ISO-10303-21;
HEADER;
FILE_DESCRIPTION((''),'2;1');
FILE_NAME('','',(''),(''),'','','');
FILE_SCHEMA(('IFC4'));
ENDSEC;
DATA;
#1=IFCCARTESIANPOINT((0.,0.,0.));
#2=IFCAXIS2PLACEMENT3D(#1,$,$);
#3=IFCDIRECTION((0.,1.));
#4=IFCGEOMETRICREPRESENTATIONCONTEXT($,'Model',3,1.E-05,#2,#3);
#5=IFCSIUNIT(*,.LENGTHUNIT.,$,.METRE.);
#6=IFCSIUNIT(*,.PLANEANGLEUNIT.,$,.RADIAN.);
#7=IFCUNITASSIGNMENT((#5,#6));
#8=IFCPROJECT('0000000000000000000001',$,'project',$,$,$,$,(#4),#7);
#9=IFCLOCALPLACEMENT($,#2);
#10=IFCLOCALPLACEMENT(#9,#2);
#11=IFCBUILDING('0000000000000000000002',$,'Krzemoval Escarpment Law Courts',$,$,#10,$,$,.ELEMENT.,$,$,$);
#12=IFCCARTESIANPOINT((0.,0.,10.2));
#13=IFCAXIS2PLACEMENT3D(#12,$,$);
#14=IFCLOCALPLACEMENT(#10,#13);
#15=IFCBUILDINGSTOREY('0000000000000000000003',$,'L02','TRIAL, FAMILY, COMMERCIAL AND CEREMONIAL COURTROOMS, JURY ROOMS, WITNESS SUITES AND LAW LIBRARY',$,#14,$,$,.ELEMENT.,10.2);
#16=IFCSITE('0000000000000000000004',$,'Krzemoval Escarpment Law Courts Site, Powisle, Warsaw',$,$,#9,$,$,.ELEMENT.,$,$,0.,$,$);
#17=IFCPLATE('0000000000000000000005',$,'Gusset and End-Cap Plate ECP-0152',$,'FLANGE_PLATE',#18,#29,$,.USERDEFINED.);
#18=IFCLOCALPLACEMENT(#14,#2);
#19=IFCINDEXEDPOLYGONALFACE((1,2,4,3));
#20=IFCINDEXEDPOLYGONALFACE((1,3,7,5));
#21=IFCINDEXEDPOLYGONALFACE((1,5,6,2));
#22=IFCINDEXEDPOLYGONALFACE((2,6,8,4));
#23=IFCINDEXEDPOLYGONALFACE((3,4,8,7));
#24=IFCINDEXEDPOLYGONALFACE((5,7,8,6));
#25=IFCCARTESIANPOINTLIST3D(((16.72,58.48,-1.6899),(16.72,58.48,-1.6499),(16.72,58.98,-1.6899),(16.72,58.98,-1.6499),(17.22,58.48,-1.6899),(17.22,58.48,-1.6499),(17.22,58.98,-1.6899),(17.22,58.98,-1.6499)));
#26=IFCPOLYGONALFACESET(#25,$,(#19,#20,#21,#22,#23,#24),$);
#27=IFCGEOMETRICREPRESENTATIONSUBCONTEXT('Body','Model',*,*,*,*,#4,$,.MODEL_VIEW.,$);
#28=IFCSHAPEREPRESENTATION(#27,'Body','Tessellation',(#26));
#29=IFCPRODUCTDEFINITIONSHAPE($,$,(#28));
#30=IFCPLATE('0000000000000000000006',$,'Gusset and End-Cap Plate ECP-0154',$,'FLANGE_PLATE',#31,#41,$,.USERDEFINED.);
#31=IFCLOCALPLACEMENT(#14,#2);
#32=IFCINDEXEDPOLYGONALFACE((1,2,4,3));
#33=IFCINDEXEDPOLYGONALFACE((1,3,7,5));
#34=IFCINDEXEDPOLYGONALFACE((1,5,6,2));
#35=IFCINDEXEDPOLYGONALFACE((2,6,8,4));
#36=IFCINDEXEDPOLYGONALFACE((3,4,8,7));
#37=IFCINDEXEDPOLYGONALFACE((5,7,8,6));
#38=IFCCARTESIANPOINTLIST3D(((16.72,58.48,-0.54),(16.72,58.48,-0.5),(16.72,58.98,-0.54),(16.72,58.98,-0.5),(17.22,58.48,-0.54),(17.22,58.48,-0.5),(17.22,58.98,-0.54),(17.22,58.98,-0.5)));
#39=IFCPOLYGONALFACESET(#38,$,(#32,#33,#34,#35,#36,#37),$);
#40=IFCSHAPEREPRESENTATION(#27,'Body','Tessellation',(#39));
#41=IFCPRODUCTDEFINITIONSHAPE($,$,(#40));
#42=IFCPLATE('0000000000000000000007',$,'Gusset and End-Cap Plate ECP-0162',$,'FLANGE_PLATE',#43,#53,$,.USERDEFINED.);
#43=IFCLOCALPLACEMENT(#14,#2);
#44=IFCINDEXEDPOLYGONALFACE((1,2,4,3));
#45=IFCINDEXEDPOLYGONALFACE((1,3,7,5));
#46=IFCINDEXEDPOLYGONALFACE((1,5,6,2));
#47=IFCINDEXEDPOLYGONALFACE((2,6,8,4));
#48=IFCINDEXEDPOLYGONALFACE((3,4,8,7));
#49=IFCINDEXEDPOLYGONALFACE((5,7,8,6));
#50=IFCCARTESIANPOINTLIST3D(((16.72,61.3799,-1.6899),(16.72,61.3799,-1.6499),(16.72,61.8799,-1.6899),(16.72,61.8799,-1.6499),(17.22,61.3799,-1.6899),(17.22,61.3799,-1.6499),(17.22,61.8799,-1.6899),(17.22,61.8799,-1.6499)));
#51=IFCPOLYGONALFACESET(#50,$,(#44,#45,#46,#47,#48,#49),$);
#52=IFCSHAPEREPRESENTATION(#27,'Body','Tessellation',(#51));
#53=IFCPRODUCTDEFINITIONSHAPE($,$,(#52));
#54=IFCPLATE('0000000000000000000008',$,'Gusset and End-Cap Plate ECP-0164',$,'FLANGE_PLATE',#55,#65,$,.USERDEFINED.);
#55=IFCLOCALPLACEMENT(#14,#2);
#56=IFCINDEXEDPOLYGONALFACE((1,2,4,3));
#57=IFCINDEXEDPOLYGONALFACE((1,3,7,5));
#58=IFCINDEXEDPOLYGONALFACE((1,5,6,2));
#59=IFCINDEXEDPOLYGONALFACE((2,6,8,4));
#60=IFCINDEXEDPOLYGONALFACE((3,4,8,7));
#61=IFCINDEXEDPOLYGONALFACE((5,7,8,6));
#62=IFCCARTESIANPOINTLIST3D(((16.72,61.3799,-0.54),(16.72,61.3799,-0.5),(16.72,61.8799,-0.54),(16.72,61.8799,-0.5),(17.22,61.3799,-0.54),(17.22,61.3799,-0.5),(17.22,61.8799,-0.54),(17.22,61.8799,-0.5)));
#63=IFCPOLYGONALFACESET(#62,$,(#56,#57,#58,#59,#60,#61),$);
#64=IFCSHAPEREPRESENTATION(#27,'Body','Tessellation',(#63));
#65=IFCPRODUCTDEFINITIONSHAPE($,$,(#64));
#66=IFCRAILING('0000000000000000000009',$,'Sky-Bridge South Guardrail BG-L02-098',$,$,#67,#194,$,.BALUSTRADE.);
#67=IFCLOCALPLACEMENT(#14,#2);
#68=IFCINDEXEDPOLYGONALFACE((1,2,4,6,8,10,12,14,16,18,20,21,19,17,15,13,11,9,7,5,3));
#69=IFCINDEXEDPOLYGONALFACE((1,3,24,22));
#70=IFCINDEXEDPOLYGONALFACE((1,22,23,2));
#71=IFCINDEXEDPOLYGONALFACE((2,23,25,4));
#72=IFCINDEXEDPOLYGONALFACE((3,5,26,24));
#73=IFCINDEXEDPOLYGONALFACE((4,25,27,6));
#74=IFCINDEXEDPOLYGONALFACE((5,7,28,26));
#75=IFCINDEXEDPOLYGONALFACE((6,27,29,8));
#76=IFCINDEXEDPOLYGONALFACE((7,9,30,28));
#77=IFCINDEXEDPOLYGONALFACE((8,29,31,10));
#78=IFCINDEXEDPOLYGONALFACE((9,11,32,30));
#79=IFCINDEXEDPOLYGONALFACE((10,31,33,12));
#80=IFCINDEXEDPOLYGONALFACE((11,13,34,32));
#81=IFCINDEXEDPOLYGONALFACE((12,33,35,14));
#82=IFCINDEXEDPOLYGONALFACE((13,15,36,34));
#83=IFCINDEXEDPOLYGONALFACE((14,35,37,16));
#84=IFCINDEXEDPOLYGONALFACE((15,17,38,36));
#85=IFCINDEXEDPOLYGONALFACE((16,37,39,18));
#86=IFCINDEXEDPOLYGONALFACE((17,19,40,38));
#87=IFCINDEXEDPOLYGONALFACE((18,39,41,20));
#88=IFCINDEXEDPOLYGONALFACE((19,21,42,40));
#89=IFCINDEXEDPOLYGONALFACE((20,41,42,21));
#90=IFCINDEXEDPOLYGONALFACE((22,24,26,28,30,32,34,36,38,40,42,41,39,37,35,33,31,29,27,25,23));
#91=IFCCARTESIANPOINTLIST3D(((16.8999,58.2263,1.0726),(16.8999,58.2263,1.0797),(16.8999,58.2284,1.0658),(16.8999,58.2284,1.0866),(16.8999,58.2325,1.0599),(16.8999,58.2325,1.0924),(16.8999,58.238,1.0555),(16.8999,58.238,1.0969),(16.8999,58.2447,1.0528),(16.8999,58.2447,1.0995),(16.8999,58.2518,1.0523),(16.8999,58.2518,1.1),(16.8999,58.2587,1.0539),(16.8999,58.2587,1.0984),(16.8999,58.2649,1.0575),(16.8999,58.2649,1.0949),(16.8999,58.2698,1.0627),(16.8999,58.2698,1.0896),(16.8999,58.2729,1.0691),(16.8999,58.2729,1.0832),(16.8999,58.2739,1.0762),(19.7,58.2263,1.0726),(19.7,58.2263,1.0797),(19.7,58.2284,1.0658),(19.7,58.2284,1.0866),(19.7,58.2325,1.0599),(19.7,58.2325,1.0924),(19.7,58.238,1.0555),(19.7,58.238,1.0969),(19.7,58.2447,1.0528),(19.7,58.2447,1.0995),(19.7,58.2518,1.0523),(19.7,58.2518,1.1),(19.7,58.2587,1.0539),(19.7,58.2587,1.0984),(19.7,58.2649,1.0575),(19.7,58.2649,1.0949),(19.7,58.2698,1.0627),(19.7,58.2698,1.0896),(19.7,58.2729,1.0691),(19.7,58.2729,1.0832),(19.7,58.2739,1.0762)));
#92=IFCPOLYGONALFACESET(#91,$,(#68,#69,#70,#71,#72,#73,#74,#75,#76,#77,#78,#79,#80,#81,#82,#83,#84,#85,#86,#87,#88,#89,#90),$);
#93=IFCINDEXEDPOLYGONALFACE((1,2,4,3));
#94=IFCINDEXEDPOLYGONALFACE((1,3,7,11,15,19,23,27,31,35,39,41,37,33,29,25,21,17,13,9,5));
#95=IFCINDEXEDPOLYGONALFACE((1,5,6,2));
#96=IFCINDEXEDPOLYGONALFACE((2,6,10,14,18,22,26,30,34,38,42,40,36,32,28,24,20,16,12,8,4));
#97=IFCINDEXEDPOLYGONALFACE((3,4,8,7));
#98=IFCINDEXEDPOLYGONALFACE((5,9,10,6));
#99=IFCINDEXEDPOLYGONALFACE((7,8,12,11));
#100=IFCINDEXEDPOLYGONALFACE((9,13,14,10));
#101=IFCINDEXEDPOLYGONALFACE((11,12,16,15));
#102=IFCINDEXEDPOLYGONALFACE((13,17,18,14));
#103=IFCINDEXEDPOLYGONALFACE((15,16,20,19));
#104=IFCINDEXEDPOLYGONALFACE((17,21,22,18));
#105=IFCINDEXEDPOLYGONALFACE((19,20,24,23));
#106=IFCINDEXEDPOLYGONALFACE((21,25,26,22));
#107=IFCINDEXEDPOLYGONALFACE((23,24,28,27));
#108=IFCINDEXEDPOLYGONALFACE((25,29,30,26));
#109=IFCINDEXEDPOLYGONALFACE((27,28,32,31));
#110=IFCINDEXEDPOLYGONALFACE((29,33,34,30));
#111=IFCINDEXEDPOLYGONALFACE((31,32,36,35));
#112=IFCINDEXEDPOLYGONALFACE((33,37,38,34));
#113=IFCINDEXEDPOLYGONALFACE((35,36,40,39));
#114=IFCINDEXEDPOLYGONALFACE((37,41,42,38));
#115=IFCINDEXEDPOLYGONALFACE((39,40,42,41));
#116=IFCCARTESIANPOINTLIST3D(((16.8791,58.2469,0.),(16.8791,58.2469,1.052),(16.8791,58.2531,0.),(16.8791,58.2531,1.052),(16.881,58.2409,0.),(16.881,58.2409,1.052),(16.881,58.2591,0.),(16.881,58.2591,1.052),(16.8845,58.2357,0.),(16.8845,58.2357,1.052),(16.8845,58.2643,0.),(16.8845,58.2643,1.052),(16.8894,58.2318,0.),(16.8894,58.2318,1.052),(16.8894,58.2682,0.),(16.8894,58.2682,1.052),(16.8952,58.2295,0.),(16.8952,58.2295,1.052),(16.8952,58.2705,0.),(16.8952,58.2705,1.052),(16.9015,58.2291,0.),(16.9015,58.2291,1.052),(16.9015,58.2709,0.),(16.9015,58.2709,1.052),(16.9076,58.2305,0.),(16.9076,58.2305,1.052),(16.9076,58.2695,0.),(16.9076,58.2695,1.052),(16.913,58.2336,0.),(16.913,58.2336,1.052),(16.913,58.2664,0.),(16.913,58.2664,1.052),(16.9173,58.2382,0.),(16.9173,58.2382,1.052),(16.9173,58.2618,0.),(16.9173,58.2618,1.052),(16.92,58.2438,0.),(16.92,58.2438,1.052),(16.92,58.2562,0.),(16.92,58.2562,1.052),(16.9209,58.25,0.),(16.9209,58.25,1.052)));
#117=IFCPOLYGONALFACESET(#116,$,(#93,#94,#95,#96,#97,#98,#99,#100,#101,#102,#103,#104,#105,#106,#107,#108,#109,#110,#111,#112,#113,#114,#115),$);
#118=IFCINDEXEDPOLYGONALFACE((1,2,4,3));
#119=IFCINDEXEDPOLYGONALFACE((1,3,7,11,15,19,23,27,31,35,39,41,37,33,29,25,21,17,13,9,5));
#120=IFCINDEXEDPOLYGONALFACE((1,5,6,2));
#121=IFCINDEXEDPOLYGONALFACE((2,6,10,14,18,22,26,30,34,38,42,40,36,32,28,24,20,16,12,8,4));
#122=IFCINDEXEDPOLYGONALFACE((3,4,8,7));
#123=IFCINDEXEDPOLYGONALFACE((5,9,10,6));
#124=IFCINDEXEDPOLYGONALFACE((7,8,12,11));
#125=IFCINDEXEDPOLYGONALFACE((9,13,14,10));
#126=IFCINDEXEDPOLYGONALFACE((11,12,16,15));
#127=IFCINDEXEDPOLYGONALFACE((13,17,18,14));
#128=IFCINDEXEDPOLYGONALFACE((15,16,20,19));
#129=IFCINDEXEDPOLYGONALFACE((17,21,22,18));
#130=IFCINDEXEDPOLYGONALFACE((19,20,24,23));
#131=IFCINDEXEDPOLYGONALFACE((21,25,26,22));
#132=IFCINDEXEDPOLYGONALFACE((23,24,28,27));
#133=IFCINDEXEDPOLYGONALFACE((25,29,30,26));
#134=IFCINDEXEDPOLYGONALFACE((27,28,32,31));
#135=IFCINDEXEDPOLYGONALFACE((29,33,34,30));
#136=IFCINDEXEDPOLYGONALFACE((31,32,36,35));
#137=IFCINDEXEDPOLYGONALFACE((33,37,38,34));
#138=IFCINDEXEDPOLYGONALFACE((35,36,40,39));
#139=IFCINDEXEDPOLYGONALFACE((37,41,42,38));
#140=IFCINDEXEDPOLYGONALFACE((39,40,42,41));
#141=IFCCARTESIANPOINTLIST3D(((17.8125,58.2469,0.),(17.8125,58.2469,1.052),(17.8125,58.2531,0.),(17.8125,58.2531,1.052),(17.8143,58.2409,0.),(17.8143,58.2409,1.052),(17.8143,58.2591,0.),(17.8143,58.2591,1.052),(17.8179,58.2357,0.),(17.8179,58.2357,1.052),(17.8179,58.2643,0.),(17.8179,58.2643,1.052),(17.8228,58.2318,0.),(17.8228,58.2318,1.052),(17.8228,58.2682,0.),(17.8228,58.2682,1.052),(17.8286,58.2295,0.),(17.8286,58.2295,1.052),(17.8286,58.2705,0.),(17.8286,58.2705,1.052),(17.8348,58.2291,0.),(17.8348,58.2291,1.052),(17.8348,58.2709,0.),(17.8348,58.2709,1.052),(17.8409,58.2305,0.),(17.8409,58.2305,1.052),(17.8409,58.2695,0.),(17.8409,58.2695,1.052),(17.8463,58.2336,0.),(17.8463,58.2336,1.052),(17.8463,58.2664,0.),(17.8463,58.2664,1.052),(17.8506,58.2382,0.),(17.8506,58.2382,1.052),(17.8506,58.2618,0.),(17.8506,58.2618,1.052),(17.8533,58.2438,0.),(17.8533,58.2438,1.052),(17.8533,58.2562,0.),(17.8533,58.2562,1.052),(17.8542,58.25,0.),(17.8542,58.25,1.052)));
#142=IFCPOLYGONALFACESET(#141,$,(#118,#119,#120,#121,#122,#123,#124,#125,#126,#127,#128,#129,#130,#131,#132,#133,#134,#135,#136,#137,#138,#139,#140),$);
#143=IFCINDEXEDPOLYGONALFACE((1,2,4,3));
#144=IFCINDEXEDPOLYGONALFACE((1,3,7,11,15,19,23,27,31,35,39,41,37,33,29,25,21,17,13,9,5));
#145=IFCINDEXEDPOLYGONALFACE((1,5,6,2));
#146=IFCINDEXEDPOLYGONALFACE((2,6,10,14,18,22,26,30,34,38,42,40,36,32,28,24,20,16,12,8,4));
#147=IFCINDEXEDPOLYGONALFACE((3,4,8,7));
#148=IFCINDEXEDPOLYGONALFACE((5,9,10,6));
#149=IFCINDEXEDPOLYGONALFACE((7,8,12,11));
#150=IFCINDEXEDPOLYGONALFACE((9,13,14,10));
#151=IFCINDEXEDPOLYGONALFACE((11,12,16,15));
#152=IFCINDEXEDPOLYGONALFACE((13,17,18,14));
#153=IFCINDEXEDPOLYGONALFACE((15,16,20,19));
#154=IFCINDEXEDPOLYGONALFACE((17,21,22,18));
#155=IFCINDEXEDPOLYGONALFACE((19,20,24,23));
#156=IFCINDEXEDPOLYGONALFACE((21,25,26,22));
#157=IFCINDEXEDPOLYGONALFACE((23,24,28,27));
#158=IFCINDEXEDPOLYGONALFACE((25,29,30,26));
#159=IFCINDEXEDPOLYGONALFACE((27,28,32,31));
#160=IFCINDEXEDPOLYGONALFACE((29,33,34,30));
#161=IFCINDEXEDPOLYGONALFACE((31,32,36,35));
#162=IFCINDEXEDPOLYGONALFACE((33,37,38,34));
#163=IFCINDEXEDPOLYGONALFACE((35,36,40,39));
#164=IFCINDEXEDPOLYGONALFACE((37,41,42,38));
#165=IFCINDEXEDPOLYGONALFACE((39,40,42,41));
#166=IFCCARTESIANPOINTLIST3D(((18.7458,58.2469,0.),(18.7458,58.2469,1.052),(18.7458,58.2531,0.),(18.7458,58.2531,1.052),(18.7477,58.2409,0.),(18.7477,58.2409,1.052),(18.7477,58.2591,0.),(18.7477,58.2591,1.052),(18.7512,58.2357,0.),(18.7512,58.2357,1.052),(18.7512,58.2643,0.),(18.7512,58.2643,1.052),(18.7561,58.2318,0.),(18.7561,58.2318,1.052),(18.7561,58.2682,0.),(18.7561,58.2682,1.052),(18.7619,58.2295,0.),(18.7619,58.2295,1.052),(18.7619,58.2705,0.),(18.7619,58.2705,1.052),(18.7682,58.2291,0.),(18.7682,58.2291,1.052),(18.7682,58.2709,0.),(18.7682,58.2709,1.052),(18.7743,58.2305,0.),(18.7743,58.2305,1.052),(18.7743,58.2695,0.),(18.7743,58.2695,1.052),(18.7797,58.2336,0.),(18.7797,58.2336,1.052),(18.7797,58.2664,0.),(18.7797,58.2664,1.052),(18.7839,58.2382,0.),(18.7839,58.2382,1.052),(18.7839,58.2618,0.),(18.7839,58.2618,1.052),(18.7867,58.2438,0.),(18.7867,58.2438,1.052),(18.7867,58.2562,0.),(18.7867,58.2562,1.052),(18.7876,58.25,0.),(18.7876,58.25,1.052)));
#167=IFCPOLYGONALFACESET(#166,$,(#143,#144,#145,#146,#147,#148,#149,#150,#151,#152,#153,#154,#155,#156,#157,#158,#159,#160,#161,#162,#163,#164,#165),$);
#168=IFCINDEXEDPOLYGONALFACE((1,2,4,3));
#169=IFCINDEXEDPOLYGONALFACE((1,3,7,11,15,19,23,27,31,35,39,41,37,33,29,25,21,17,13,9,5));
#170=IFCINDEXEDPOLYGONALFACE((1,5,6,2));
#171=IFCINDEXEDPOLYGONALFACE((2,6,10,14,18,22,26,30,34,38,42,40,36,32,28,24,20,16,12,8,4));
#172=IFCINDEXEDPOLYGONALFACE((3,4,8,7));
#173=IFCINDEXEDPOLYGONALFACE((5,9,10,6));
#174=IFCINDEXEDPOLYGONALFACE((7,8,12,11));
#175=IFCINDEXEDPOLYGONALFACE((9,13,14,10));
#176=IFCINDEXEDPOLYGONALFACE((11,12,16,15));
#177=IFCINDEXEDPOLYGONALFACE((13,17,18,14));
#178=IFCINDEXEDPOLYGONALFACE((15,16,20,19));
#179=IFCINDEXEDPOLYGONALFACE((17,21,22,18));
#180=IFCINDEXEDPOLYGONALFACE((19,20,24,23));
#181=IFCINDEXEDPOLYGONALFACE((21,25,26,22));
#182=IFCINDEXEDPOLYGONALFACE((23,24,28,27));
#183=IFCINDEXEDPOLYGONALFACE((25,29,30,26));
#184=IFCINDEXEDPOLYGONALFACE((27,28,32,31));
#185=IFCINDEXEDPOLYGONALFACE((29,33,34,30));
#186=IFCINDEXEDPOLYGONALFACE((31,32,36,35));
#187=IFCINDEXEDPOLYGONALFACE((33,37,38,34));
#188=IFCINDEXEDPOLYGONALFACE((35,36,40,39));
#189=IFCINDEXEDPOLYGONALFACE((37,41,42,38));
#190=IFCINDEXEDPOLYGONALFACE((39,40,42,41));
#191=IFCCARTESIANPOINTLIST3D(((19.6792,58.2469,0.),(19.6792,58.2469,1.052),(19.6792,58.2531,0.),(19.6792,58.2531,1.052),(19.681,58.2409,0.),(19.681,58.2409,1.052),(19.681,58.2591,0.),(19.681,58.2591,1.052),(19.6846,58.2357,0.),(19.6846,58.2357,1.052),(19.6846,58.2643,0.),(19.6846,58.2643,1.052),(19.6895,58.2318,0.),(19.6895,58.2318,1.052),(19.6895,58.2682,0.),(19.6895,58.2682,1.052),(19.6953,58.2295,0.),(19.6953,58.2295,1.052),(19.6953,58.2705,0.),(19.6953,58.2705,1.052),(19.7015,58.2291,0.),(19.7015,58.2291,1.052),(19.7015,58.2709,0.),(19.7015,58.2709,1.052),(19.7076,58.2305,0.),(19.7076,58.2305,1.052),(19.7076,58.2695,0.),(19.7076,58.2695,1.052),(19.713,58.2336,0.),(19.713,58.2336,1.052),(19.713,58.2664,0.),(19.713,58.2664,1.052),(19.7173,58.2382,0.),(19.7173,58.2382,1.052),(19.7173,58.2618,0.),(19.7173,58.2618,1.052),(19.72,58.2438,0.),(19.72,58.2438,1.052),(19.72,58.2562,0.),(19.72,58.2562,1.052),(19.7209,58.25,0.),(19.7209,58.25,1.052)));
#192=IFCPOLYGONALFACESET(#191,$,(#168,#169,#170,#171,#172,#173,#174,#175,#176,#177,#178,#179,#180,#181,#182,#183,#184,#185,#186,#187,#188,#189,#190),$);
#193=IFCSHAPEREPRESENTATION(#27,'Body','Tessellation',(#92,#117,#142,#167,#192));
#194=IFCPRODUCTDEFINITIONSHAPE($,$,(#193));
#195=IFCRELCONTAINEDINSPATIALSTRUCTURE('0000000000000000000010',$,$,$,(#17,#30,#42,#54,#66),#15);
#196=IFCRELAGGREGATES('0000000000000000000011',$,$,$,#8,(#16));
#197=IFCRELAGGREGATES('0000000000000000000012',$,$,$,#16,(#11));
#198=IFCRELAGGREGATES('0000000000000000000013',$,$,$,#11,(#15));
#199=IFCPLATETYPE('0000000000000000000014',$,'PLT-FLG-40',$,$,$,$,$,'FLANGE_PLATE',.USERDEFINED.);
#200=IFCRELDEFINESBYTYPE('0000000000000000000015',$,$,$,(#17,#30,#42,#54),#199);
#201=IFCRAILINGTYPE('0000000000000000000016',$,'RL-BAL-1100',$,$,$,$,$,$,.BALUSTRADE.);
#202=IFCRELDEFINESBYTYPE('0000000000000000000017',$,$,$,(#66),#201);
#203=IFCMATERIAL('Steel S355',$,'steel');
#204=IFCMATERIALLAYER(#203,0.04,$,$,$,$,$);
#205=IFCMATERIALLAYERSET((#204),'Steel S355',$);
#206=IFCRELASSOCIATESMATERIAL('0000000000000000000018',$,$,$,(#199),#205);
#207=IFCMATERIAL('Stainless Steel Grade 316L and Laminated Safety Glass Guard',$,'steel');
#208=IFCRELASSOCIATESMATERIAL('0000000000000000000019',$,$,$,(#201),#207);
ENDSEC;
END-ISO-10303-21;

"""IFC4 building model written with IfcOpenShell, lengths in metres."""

from ifc_helpers import new_model, si_unit, direction, frame, origin, origin_2d, place, context, subcontext, project, spatial, rectangle, circle, extrude, material, layer, layer_set, type_object, element, save


model = new_model("IFC4")

# Units and contexts
model_context = context("Model", 3, precision=1e-05, world=origin(), true_north=direction((0.0, 1.0)))
body_context = subcontext(model_context, "Body", "Model", "MODEL_VIEW")
ifc_project = project(units=[si_unit("LENGTHUNIT", "METRE"), si_unit("PLANEANGLEUNIT", "RADIAN")], contexts=[model_context])

# Site, building, storey
site_placement = place(None, origin())
site = spatial("IfcSite", under=ifc_project, at=site_placement, Name="Krzemoval Escarpment Law Courts Site, Powisle, Warsaw", CompositionType="ELEMENT", RefElevation=0.0)
building_placement = place(site_placement, origin())
building = spatial("IfcBuilding", under=site, at=building_placement, Name="Krzemoval Escarpment Law Courts", CompositionType="ELEMENT")
storey_placement = place(building_placement, frame((0.0, 0.0, 10.2)))
storey = spatial("IfcBuildingStorey", under=building, at=storey_placement, Name="L02", Description="TRIAL, FAMILY, COMMERCIAL AND CEREMONIAL COURTROOMS, JURY ROOMS, WITNESS SUITES AND LAW LIBRARY", CompositionType="ELEMENT", Elevation=10.2)

# Plates
ifc_material_1 = material(Name="Steel S355", Category="steel")
ifc_layer_1 = layer(ifc_material_1, 0.04)
ifc_layer_set_1 = layer_set([ifc_layer_1], Name="Steel S355")
plate_type_1 = type_object("IfcPlateType", Name="PLT-FLG-40", ElementType="FLANGE_PLATE", PredefinedType="USERDEFINED", material=ifc_layer_set_1)
for number, where, z_axis, x_axis, name in (
    (1, (16.97, 58.73, -1.6899), (0.0, 0.0, 1.0), (1.0, 0.0, 0.0), "Gusset and End-Cap Plate ECP-0152"),
    (2, (16.97, 58.73, -0.54), (0.0, 0.0, 1.0), (1.0, 0.0, 0.0), "Gusset and End-Cap Plate ECP-0154"),
    (3, (16.97, 61.6299, -1.6899), (0.0, 0.0, 1.0), (1.0, 0.0, 0.0), "Gusset and End-Cap Plate ECP-0162"),
    (4, (16.97, 61.6299, -0.54), (0.0, 0.0, 1.0), (1.0, 0.0, 0.0), "Gusset and End-Cap Plate ECP-0164"),
):
    element("IfcPlate", number, at=place(storey_placement, frame(where, z_axis=z_axis, x_axis=x_axis)), inside=storey, type_object=plate_type_1, Name=name, ObjectType="FLANGE_PLATE", PredefinedType="USERDEFINED", context=body_context, shape_type="SweptSolid", body=[
        extrude(rectangle(XDim=0.5, YDim=0.5, at=origin_2d()), origin(), (0.0, 0.0, 1.0), 0.04),
    ])

# Railing
ifc_material_2 = material(Name="Stainless Steel Grade 316L and Laminated Safety Glass Guard", Category="steel")
railing_type = type_object("IfcRailingType", Name="RL-BAL-1100", PredefinedType="BALUSTRADE", material=ifc_material_2)
railing_1_placement = place(storey_placement, frame((16.8999, 58.25, 0.0)))
element("IfcRailing", 5, at=railing_1_placement, inside=storey, type_object=railing_type, Name="Sky-Bridge South Guardrail BG-L02-098", PredefinedType="BALUSTRADE", context=body_context, shape_type="SweptSolid", body=[
    extrude(circle(Radius=0.0239, at=origin_2d()), frame((0.0, 0.0, 1.0762), z_axis=(1.0, 0.0, 0.0), x_axis=(0.0, 1.0, 0.0)), (0.0, 0.0, 1.0), 2.8),
    extrude(circle(Radius=0.021, at=origin_2d()), origin(), (0.0, 0.0, 1.0), 1.052),
    extrude(circle(Radius=0.021, at=origin_2d()), frame((0.9333, 0.0, 0.0)), (0.0, 0.0, 1.0), 1.052),
    extrude(circle(Radius=0.021, at=origin_2d()), frame((1.8667, 0.0, 0.0)), (0.0, 0.0, 1.0), 1.052),
    extrude(circle(Radius=0.021, at=origin_2d()), frame((2.8, 0.0, 0.0)), (0.0, 0.0, 1.0), 1.052),
])

save(model, "model.ifc")
